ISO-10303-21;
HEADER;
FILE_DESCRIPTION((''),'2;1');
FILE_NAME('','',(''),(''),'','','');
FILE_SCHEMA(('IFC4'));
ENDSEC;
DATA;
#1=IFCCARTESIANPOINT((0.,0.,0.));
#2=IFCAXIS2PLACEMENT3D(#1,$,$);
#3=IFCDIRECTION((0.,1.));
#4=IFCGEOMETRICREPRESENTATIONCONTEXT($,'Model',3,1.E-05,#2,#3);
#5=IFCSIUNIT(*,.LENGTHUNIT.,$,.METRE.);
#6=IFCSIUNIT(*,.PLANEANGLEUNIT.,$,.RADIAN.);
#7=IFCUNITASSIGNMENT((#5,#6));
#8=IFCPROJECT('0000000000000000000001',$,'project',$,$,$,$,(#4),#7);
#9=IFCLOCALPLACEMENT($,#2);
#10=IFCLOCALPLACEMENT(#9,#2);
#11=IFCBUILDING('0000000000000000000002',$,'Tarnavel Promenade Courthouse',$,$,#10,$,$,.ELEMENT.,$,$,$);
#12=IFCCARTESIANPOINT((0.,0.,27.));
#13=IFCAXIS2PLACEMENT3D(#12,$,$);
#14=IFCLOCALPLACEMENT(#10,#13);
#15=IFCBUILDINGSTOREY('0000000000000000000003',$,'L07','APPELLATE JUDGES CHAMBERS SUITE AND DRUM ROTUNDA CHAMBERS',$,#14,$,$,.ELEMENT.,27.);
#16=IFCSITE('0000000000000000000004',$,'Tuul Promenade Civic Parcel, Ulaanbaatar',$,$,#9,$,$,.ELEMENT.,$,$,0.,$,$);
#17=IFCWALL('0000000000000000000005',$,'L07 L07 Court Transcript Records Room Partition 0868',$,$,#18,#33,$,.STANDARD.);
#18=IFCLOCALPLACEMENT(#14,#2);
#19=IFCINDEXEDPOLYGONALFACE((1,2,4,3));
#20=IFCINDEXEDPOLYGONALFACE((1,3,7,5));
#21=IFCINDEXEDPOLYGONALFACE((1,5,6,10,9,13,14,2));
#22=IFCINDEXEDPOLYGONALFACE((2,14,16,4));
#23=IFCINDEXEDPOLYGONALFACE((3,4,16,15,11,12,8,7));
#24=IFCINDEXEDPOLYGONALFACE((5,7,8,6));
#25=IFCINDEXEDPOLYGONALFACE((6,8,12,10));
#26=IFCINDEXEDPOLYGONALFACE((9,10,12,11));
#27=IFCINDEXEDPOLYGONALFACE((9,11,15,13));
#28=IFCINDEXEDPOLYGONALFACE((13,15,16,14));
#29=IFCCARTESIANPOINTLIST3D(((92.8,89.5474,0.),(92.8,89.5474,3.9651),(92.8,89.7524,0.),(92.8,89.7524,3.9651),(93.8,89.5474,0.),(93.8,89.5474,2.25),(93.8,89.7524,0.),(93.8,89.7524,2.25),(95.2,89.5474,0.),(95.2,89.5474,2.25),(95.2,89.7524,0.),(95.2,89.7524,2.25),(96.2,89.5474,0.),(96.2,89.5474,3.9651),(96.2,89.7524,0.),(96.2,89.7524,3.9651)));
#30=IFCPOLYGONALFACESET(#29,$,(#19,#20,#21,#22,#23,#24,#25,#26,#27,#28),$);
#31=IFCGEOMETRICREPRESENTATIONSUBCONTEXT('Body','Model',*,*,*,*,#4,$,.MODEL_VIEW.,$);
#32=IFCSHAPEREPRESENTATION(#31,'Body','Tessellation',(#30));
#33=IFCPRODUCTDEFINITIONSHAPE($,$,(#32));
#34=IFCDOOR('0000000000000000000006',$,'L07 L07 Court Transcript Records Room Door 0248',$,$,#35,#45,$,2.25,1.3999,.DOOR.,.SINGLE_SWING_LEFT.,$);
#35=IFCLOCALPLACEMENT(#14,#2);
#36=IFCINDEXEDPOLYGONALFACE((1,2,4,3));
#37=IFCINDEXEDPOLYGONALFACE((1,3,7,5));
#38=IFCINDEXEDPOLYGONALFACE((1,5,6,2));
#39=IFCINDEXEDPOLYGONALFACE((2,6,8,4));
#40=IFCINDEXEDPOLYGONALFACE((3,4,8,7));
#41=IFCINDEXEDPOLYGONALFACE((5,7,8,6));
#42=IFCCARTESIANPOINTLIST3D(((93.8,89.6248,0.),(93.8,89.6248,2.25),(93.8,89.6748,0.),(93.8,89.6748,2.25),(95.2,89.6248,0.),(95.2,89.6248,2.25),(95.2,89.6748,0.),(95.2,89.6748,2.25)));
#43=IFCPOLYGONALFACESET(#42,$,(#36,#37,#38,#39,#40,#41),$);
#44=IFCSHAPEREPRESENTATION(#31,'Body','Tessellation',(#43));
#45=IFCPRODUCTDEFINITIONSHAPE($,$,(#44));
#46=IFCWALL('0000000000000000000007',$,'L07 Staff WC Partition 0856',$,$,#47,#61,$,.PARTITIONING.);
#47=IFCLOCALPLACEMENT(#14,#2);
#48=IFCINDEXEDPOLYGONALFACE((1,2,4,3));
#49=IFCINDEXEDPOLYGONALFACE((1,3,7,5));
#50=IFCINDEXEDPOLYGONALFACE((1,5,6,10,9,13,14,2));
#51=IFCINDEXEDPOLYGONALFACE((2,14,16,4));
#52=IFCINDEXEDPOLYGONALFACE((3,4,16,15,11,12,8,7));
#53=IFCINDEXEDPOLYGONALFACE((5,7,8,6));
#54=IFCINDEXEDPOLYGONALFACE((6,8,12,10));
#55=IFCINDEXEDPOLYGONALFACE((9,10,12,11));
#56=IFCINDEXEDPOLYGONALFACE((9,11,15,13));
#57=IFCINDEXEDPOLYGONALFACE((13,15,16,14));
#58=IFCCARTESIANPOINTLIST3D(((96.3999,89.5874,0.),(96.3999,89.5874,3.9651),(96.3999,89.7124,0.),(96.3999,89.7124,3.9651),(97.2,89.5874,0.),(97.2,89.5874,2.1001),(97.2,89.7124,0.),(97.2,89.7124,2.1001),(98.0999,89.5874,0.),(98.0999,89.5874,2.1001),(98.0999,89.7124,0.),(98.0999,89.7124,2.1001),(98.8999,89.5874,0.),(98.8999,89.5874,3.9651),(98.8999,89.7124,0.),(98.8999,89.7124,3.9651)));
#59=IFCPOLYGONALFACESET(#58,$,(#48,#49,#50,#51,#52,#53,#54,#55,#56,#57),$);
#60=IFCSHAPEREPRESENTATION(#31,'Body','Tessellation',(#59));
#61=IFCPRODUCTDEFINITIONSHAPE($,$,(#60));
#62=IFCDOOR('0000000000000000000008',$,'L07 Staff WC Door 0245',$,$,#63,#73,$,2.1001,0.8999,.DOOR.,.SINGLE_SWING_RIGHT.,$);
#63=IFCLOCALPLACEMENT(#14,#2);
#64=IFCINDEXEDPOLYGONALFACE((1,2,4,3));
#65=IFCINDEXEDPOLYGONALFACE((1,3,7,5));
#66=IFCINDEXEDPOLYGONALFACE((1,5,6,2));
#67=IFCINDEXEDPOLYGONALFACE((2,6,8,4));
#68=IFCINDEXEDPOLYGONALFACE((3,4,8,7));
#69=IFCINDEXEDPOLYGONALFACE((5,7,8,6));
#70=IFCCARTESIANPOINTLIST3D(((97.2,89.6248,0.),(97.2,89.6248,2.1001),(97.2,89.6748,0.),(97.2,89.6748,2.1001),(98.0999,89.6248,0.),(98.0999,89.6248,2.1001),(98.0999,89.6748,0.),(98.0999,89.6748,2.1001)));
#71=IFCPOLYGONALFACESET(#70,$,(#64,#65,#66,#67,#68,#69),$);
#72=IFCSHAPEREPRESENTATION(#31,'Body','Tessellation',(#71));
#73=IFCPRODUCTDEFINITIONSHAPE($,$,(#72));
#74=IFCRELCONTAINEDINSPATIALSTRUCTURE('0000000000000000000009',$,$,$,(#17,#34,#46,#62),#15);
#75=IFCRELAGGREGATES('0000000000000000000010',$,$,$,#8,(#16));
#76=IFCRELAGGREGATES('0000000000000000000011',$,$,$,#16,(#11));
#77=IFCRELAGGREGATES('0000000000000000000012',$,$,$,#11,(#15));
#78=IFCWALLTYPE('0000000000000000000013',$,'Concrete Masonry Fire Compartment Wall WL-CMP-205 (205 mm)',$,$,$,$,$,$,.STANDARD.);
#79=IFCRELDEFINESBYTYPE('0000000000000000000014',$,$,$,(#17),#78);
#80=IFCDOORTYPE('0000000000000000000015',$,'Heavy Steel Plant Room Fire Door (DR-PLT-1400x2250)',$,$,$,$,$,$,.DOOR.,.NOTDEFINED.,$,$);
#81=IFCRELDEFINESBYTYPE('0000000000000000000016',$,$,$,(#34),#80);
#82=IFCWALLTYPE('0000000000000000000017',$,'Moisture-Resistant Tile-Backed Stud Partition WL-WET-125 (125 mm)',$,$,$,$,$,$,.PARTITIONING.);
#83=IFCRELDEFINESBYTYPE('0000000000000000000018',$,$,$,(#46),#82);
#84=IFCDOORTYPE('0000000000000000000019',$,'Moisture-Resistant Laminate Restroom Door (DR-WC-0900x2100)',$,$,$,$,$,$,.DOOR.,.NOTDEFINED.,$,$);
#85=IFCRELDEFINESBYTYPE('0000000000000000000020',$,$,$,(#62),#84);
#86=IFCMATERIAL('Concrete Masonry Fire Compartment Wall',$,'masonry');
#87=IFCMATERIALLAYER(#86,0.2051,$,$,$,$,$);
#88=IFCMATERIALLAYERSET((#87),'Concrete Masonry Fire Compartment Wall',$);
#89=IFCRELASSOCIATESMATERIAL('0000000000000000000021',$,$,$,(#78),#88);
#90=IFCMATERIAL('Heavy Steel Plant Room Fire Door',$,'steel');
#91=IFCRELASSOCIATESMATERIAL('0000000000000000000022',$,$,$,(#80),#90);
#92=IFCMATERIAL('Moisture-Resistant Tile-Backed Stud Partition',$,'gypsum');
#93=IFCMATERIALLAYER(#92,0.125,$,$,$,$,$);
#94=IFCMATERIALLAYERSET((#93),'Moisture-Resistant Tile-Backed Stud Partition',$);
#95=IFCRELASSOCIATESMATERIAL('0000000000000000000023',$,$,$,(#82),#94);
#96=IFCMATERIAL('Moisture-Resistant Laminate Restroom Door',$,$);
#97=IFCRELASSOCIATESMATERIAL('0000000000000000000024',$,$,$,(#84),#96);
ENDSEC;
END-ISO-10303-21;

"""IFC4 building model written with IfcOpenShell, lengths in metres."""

from ifc_helpers import new_model, si_unit, direction, frame, frame_2d, origin, place, context, subcontext, project, spatial, rectangle, extrude, material, layer, layer_set, type_object, element, fill, save


model = new_model("IFC4")

# Units and contexts
model_context = context("Model", 3, precision=1e-05, world=origin(), true_north=direction((0.0, 1.0)))
body_context = subcontext(model_context, "Body", "Model", "MODEL_VIEW")
ifc_project = project(units=[si_unit("LENGTHUNIT", "METRE"), si_unit("PLANEANGLEUNIT", "RADIAN")], contexts=[model_context])

# Site, building, storey
site_placement = place(None, origin())
site = spatial("IfcSite", under=ifc_project, at=site_placement, Name="Tuul Promenade Civic Parcel, Ulaanbaatar", CompositionType="ELEMENT", RefElevation=0.0)
building_placement = place(site_placement, origin())
building = spatial("IfcBuilding", under=site, at=building_placement, Name="Tarnavel Promenade Courthouse", CompositionType="ELEMENT")
storey_placement = place(building_placement, frame((0.0, 0.0, 27.0)))
storey = spatial("IfcBuildingStorey", under=building, at=storey_placement, Name="L07", Description="APPELLATE JUDGES CHAMBERS SUITE AND DRUM ROTUNDA CHAMBERS", CompositionType="ELEMENT", Elevation=27.0)

# Walls, openings, doors
ifc_material_1 = material(Name="Concrete Masonry Fire Compartment Wall", Category="masonry")
ifc_layer_1 = layer(ifc_material_1, 0.2051)
ifc_layer_set_1 = layer_set([ifc_layer_1], Name="Concrete Masonry Fire Compartment Wall")
wall_type_1 = type_object("IfcWallType", Name="Concrete Masonry Fire Compartment Wall WL-CMP-205 (205 mm)", PredefinedType="STANDARD", material=ifc_layer_set_1)
wall_1_placement = place(storey_placement, frame((92.8, 89.6499, 0.0), z_axis=(0.0, 0.0, 1.0), x_axis=(1.0, 0.0, 0.0)))
wall_1 = element("IfcWall", 1, at=wall_1_placement, inside=storey, type_object=wall_type_1, Name="L07 L07 Court Transcript Records Room Partition 0868", PredefinedType="STANDARD", context=body_context, shape_type="SweptSolid", body=[
    extrude(rectangle(XDim=3.3999, YDim=0.2051, at=frame_2d((1.7, 0.0))), origin(), (0.0, 0.0, 1.0), 3.9651),
])
opening_1_placement = place(wall_1_placement, frame((1.0, 0.0, 0.0)))
opening_1 = element("IfcOpeningElement", 2, at=opening_1_placement, cuts=wall_1, PredefinedType="OPENING", context=body_context, shape_type="SweptSolid", body=[
    extrude(rectangle(XDim=1.3999, YDim=2.25, at=frame_2d((0.7, 1.125))), frame((0.0, 0.1125, 0.0), z_axis=(0.0, -1.0, 0.0), x_axis=(1.0, 0.0, 0.0)), (0.0, 0.0, 1.0), 0.2251),
])
ifc_material_2 = material(Name="Heavy Steel Plant Room Fire Door", Category="steel")
door_type_1 = type_object("IfcDoorType", Name="Heavy Steel Plant Room Fire Door (DR-PLT-1400x2250)", OperationType="NOTDEFINED", PredefinedType="DOOR", material=ifc_material_2)
door_1_placement = place(opening_1_placement, origin())
door_1 = element("IfcDoor", 3, at=door_1_placement, inside=storey, type_object=door_type_1, Name="L07 L07 Court Transcript Records Room Door 0248", OperationType="SINGLE_SWING_LEFT", OverallHeight=2.25, OverallWidth=1.3999, PredefinedType="DOOR", context=body_context, shape_type="SweptSolid", body=[
    extrude(rectangle(XDim=1.3999, YDim=2.25, at=frame_2d((0.7, 1.125))), frame((0.0, 0.0249, 0.0), z_axis=(0.0, -1.0, 0.0), x_axis=(1.0, 0.0, 0.0)), (0.0, 0.0, 1.0), 0.05),
])
fill(opening_1, door_1)
ifc_material_3 = material(Name="Moisture-Resistant Tile-Backed Stud Partition", Category="gypsum")
ifc_layer_2 = layer(ifc_material_3, 0.125)
ifc_layer_set_2 = layer_set([ifc_layer_2], Name="Moisture-Resistant Tile-Backed Stud Partition")
wall_type_2 = type_object("IfcWallType", Name="Moisture-Resistant Tile-Backed Stud Partition WL-WET-125 (125 mm)", PredefinedType="PARTITIONING", material=ifc_layer_set_2)
wall_2_placement = place(storey_placement, frame((96.3999, 89.6499, 0.0), z_axis=(0.0, 0.0, 1.0), x_axis=(1.0, 0.0, 0.0)))
wall_2 = element("IfcWall", 4, at=wall_2_placement, inside=storey, type_object=wall_type_2, Name="L07 Staff WC Partition 0856", PredefinedType="PARTITIONING", context=body_context, shape_type="SweptSolid", body=[
    extrude(rectangle(XDim=2.5, YDim=0.125, at=frame_2d((1.25, 0.0))), origin(), (0.0, 0.0, 1.0), 3.9651),
])
opening_2_placement = place(wall_2_placement, frame((0.8, 0.0, 0.0)))
opening_2 = element("IfcOpeningElement", 5, at=opening_2_placement, cuts=wall_2, PredefinedType="OPENING", context=body_context, shape_type="SweptSolid", body=[
    extrude(rectangle(XDim=0.8999, YDim=2.1001, at=frame_2d((0.45, 1.05))), frame((0.0, 0.0725, 0.0), z_axis=(0.0, -1.0, 0.0), x_axis=(1.0, 0.0, 0.0)), (0.0, 0.0, 1.0), 0.145),
])
ifc_material_4 = material(Name="Moisture-Resistant Laminate Restroom Door")
door_type_2 = type_object("IfcDoorType", Name="Moisture-Resistant Laminate Restroom Door (DR-WC-0900x2100)", OperationType="NOTDEFINED", PredefinedType="DOOR", material=ifc_material_4)
door_2_placement = place(opening_2_placement, origin())
door_2 = element("IfcDoor", 6, at=door_2_placement, inside=storey, type_object=door_type_2, Name="L07 Staff WC Door 0245", OperationType="SINGLE_SWING_RIGHT", OverallHeight=2.1001, OverallWidth=0.8999, PredefinedType="DOOR", context=body_context, shape_type="SweptSolid", body=[
    extrude(rectangle(XDim=0.8999, YDim=2.1001, at=frame_2d((0.45, 1.05))), frame((0.0, 0.0249, 0.0), z_axis=(0.0, -1.0, 0.0), x_axis=(1.0, 0.0, 0.0)), (0.0, 0.0, 1.0), 0.05),
])
fill(opening_2, door_2)

save(model, "model.ifc")
